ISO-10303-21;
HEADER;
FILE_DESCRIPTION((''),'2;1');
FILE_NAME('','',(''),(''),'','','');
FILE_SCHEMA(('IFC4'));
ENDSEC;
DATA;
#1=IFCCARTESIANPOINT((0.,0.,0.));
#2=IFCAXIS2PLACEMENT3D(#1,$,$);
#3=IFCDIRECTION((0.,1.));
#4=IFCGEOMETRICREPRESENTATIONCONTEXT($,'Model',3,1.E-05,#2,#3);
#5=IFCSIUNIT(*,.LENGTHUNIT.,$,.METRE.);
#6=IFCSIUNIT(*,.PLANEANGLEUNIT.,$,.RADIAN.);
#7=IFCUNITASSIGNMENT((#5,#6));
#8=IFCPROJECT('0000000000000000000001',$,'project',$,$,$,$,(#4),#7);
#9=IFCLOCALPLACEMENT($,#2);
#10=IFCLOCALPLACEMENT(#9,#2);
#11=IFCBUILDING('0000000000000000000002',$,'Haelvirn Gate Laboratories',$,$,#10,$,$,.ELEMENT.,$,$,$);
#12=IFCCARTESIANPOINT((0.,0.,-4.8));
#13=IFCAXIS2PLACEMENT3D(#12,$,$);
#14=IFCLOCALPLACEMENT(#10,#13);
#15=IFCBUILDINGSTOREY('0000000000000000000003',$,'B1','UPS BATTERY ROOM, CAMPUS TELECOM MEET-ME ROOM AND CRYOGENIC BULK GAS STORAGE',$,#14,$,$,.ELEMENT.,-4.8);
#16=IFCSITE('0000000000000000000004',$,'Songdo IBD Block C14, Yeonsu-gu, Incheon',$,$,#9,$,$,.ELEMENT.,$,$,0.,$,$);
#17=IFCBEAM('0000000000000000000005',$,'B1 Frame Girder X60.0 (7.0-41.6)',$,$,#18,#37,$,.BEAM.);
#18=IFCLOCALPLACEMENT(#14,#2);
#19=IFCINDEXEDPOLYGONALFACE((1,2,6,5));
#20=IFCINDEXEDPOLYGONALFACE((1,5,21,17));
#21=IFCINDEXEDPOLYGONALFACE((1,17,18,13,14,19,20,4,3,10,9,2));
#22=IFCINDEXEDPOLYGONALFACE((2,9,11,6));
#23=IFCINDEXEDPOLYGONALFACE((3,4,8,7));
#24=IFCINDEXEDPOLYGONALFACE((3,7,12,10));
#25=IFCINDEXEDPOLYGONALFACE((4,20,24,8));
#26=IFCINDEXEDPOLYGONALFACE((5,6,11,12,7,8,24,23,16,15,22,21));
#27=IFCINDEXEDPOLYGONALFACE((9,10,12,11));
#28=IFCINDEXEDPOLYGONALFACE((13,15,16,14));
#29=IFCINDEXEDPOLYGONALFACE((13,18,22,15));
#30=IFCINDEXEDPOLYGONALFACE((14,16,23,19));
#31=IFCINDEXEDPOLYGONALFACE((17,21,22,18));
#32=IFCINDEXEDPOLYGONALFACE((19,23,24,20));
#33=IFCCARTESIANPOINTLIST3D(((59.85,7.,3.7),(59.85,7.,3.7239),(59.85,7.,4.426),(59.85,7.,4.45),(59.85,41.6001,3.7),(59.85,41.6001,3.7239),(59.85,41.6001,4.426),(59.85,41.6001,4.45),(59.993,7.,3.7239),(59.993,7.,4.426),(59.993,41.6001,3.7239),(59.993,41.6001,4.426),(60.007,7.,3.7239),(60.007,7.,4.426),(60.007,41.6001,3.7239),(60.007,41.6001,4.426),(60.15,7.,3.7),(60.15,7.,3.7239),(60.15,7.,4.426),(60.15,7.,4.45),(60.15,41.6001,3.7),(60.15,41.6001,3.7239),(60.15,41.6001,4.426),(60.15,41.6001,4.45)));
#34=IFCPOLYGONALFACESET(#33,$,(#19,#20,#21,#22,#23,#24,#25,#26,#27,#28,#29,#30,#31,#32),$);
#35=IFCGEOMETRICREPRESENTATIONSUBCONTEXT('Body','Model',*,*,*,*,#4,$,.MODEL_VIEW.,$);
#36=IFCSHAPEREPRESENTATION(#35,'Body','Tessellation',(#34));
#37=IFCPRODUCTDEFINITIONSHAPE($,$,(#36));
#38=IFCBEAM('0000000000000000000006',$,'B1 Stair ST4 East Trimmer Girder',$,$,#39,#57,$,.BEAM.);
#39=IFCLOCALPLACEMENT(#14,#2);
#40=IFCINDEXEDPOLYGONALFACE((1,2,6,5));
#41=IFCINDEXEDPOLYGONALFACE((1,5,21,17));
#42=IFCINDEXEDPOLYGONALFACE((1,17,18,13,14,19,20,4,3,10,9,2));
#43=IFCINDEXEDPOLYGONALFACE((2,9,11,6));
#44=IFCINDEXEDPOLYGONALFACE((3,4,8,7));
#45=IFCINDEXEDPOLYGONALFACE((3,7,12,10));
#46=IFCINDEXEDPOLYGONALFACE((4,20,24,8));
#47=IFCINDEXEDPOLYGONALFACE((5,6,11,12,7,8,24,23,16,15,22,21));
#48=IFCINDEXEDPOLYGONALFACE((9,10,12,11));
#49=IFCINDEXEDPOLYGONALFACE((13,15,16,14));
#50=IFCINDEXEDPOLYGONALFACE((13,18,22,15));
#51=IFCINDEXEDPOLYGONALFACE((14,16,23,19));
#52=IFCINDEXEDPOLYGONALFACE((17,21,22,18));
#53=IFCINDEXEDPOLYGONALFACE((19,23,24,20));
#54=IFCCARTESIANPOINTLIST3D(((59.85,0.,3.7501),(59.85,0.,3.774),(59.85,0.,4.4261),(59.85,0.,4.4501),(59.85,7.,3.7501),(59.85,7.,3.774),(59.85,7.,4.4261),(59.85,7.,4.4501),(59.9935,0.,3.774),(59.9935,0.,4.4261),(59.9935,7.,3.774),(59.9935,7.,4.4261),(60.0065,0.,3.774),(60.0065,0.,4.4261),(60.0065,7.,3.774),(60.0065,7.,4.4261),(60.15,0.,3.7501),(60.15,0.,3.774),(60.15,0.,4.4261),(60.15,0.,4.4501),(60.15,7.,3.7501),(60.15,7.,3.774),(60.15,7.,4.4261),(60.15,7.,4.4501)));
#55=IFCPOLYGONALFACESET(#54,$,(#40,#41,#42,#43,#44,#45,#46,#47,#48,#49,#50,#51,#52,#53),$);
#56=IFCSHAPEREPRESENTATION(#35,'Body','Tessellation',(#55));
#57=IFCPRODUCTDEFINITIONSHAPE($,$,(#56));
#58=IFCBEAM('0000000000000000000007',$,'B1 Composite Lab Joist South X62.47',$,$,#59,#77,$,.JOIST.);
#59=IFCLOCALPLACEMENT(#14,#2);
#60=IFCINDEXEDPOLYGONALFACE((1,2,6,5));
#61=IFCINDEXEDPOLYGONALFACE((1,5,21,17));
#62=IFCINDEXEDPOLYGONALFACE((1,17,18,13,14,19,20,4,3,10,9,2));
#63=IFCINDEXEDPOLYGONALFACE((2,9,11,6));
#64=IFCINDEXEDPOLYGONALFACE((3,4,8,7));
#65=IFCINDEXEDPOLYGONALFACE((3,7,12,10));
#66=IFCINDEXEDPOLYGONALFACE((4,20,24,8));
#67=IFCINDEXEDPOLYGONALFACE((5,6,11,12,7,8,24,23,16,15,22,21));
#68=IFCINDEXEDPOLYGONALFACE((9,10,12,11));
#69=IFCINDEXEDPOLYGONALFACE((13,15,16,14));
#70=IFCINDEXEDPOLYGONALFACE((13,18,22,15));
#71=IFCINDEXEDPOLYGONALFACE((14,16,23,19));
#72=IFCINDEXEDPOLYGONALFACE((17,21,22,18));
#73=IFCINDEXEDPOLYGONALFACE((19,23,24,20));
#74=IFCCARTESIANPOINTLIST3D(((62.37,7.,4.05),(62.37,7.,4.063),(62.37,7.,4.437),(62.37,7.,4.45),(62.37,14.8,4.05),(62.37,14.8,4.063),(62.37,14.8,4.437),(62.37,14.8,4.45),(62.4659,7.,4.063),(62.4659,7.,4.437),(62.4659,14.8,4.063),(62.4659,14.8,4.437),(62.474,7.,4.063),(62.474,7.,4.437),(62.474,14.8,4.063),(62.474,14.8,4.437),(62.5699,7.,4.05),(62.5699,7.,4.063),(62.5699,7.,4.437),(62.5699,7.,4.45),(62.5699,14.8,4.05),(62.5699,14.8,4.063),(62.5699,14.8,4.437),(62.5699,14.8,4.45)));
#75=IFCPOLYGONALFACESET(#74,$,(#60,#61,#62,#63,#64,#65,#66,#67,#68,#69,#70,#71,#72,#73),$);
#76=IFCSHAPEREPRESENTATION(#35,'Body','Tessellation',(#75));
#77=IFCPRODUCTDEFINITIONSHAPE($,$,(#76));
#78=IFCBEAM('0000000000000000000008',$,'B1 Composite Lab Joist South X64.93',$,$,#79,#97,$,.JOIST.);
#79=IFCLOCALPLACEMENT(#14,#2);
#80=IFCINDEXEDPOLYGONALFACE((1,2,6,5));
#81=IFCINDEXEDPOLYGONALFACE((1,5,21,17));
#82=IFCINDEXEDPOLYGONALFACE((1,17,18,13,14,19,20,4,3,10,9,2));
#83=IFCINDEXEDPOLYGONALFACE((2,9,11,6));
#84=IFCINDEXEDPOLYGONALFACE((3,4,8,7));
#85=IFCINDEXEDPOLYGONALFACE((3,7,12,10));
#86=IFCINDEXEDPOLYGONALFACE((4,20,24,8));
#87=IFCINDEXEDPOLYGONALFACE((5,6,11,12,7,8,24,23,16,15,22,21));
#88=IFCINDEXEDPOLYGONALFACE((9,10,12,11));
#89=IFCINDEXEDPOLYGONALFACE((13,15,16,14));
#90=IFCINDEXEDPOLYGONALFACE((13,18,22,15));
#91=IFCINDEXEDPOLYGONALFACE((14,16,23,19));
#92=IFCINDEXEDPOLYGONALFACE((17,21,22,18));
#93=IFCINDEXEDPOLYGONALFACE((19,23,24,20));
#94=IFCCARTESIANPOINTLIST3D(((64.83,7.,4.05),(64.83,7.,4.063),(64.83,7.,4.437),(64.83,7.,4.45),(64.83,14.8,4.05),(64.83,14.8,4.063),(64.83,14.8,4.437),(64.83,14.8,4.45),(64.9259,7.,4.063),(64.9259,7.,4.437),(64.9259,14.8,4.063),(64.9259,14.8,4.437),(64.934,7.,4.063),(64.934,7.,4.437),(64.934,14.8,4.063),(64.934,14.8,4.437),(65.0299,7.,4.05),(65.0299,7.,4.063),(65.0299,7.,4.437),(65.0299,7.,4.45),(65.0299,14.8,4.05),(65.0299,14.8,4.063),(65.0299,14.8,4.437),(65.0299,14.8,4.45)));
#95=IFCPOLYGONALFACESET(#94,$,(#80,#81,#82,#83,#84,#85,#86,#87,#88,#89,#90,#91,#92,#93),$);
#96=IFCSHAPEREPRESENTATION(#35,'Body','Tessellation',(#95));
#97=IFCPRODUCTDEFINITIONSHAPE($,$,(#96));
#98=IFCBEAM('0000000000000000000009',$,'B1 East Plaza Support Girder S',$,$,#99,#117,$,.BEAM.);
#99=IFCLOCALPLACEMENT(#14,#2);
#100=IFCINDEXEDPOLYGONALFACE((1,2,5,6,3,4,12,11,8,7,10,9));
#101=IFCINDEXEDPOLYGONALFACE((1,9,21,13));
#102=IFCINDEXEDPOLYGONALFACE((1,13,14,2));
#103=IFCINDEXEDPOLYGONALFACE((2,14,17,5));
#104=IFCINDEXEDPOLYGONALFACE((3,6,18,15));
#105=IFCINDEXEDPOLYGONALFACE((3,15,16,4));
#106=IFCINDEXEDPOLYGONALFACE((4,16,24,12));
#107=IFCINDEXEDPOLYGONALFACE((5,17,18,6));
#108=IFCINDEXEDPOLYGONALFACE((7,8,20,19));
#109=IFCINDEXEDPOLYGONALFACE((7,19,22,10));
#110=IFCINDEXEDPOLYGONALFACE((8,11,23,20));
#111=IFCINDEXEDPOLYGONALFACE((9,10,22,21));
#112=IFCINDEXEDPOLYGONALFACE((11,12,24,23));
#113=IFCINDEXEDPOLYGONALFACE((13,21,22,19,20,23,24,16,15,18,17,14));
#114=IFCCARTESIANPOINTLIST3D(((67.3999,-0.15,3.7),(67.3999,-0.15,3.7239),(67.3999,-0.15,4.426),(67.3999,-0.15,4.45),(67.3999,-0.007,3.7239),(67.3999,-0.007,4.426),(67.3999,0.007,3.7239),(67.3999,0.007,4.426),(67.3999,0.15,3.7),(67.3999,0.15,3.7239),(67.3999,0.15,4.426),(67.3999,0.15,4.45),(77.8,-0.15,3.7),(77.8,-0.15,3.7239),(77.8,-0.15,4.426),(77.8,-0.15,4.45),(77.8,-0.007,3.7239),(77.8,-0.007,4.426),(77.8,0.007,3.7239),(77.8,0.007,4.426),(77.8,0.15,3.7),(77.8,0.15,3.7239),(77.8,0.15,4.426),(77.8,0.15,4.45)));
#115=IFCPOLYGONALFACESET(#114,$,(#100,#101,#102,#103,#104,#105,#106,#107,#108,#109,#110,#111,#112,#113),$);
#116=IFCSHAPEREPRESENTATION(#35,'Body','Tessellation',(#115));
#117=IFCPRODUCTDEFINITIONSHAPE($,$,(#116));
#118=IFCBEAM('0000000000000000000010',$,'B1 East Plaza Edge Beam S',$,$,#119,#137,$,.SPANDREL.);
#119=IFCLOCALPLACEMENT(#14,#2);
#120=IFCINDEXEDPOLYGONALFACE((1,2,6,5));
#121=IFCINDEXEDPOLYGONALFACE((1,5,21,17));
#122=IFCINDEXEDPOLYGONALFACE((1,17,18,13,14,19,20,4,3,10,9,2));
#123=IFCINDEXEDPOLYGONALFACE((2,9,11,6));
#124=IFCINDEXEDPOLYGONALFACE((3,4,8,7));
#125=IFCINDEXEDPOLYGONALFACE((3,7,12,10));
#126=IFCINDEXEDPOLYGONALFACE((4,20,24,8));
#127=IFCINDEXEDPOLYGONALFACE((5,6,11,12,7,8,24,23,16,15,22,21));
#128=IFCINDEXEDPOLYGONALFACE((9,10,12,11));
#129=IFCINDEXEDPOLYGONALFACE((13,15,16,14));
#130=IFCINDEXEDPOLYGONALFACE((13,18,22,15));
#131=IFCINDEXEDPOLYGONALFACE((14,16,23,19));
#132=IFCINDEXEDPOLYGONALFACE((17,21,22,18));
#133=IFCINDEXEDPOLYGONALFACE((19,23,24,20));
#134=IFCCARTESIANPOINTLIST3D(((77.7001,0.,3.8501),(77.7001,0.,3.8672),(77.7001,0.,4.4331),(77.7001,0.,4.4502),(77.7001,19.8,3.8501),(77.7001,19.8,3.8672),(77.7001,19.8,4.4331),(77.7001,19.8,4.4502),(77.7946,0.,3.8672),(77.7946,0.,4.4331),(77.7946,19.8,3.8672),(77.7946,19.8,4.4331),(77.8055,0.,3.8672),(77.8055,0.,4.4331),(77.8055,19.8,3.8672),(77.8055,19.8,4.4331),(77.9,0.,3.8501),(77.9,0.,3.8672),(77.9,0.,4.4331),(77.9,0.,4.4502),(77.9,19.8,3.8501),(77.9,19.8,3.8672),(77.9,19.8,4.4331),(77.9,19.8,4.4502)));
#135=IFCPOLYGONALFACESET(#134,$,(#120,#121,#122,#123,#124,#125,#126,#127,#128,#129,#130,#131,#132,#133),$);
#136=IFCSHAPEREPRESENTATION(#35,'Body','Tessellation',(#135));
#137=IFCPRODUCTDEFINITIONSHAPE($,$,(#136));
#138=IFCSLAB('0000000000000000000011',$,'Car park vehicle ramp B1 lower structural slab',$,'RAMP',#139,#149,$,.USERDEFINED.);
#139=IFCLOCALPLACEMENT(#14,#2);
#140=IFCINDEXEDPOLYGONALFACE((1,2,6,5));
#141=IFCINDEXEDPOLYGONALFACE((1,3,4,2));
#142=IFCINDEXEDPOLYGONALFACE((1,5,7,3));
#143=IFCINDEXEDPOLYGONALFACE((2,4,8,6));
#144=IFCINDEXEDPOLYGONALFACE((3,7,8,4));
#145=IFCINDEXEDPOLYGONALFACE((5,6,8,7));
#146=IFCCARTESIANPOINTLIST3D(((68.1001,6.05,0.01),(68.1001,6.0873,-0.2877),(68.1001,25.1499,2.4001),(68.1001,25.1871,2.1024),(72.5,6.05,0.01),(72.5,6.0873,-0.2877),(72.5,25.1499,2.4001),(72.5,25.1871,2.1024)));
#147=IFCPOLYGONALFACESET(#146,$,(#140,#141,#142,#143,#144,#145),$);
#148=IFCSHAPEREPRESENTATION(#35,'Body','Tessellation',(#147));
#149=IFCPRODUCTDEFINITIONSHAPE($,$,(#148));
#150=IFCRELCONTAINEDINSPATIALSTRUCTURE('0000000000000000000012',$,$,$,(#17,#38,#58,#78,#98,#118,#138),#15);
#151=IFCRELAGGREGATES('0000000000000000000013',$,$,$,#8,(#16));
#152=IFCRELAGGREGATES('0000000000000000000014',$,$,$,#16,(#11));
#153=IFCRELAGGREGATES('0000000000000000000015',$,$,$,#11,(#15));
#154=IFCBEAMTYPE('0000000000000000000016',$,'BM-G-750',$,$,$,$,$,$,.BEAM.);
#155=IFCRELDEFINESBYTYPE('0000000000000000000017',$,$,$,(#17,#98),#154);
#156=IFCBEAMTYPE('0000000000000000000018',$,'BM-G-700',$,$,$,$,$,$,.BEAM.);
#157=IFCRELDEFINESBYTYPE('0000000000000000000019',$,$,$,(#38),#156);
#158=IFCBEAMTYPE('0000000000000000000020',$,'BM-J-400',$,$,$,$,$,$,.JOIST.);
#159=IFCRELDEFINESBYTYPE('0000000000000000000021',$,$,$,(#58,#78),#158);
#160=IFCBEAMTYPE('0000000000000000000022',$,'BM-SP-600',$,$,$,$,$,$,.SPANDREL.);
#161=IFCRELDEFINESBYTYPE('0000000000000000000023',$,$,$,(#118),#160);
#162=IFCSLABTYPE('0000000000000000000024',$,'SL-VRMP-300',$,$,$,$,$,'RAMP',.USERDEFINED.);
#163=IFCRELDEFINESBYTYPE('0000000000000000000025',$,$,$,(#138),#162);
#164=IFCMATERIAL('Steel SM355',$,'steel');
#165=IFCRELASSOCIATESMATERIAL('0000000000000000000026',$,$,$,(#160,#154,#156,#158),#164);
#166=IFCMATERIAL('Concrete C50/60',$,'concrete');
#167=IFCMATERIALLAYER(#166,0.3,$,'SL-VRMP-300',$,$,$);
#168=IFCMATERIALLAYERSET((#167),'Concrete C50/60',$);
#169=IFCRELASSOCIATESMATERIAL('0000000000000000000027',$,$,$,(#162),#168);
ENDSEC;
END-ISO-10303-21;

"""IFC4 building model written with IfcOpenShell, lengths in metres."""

from ifc_helpers import new_model, si_unit, direction, frame, origin, origin_2d, place, context, subcontext, project, spatial, polyline, i_section, outline, extrude, source, transform, mapped, material, layer, layer_set, material_profile, profile_set, type_object, type_shapes, element, save


model = new_model("IFC4")

# Units and contexts
model_context = context("Model", 3, precision=1e-05, world=origin(), true_north=direction((0.0, 1.0)))
body_context = subcontext(model_context, "Body", "Model", "MODEL_VIEW")
ifc_project = project(units=[si_unit("LENGTHUNIT", "METRE"), si_unit("PLANEANGLEUNIT", "RADIAN")], contexts=[model_context])

# Site, building, storey
site_placement = place(None, origin())
site = spatial("IfcSite", under=ifc_project, at=site_placement, Name="Songdo IBD Block C14, Yeonsu-gu, Incheon", CompositionType="ELEMENT", RefElevation=0.0)
building_placement = place(site_placement, origin())
building = spatial("IfcBuilding", under=site, at=building_placement, Name="Haelvirn Gate Laboratories", CompositionType="ELEMENT")
storey_placement = place(building_placement, frame((0.0, 0.0, -4.8)))
storey = spatial("IfcBuildingStorey", under=building, at=storey_placement, Name="B1", Description="UPS BATTERY ROOM, CAMPUS TELECOM MEET-ME ROOM AND CRYOGENIC BULK GAS STORAGE", CompositionType="ELEMENT", Elevation=-4.8)

# Beams
ifc_material_1 = material(Name="Steel SM355", Category="steel")
ifc_material_profile_1 = material_profile(ifc_material_1, i_section(OverallWidth=0.2, OverallDepth=0.6001, WebThickness=0.011, FlangeThickness=0.0171, at=origin_2d()), Name="H-600x200x11x17")
ifc_profile_set_1 = profile_set([ifc_material_profile_1], Name="Steel SM355")
beam_type_1 = type_object("IfcBeamType", Name="BM-SP-600", PredefinedType="SPANDREL", material=ifc_profile_set_1)
ifc_material_profile_2 = material_profile(ifc_material_1, i_section(OverallWidth=0.3, OverallDepth=0.75, WebThickness=0.0139, FlangeThickness=0.0239, at=origin_2d()), Name="H-750x300x14x24")
ifc_profile_set_2 = profile_set([ifc_material_profile_2], Name="Steel SM355")
beam_type_2 = type_object("IfcBeamType", Name="BM-G-750", PredefinedType="BEAM", material=ifc_profile_set_2)
shared_shape_1 = source(origin(), body_context, "Body", "SweptSolid", [
    extrude(i_section(OverallWidth=0.3, OverallDepth=0.75, WebThickness=0.0139, FlangeThickness=0.0239, at=origin_2d()), origin(), (0.0, 0.0, 1.0), 34.6001),
])
beam_1_placement = place(storey_placement, frame((60.0, 7.0, 4.075), z_axis=(0.0, 1.0, 0.0), x_axis=(-1.0, 0.0, 0.0)))
element("IfcBeam", 1, at=beam_1_placement, inside=storey, type_object=beam_type_2, Name="B1 Frame Girder X60.0 (7.0-41.6)", PredefinedType="BEAM", context=body_context, shape_type="MappedRepresentation", body=[
    mapped(shared_shape_1, transform((0.0, 0.0, 0.0), scale=1.0)),
])
ifc_material_profile_3 = material_profile(ifc_material_1, i_section(OverallWidth=0.3, OverallDepth=0.7, WebThickness=0.0129, FlangeThickness=0.0239, at=origin_2d()), Name="H-700x300x13x24")
ifc_profile_set_3 = profile_set([ifc_material_profile_3], Name="Steel SM355")
beam_type_3 = type_object("IfcBeamType", Name="BM-G-700", PredefinedType="BEAM", material=ifc_profile_set_3)
shared_shape_2 = source(origin(), body_context, "Body", "SweptSolid", [
    extrude(i_section(OverallWidth=0.3, OverallDepth=0.7, WebThickness=0.0129, FlangeThickness=0.0239, at=origin_2d()), origin(), (0.0, 0.0, 1.0), 7.0),
])
type_shapes(beam_type_3, [shared_shape_2])
beam_2_placement = place(storey_placement, frame((60.0, 0.0, 4.1001), z_axis=(0.0, 1.0, 0.0), x_axis=(-1.0, 0.0, 0.0)))
element("IfcBeam", 2, at=beam_2_placement, inside=storey, type_object=beam_type_3, Name="B1 Stair ST4 East Trimmer Girder", PredefinedType="BEAM", context=body_context, shape_type="MappedRepresentation", body=[
    mapped(shared_shape_2, transform((0.0, 0.0, 0.0), scale=1.0)),
])
ifc_material_profile_4 = material_profile(ifc_material_1, i_section(OverallWidth=0.2, OverallDepth=0.3999, WebThickness=0.0081, FlangeThickness=0.0129, at=origin_2d()), Name="H-400x200x8x13")
ifc_profile_set_4 = profile_set([ifc_material_profile_4], Name="Steel SM355")
beam_type_4 = type_object("IfcBeamType", Name="BM-J-400", PredefinedType="JOIST", material=ifc_profile_set_4)
shared_shape_3 = source(origin(), body_context, "Body", "SweptSolid", [
    extrude(i_section(OverallWidth=0.2, OverallDepth=0.3999, WebThickness=0.0081, FlangeThickness=0.0129, at=origin_2d()), origin(), (0.0, 0.0, 1.0), 7.8),
])
type_shapes(beam_type_4, [shared_shape_3])
for number, where, z_axis, x_axis, name in (
    (3, (62.47, 7.0, 4.25), (0.0, 1.0, 0.0), (-1.0, 0.0, 0.0), "B1 Composite Lab Joist South X62.47"),
    (4, (64.9299, 7.0, 4.25), (0.0, 1.0, 0.0), (-1.0, 0.0, 0.0), "B1 Composite Lab Joist South X64.93"),
):
    element("IfcBeam", number, at=place(storey_placement, frame(where, z_axis=z_axis, x_axis=x_axis)), inside=storey, type_object=beam_type_4, Name=name, PredefinedType="JOIST", context=body_context, shape_type="MappedRepresentation", body=[
        mapped(shared_shape_3, transform((0.0, 0.0, 0.0), scale=1.0)),
    ])
shared_shape_4 = source(origin(), body_context, "Body", "SweptSolid", [
    extrude(i_section(OverallWidth=0.3, OverallDepth=0.75, WebThickness=0.0139, FlangeThickness=0.0239, at=origin_2d()), origin(), (0.0, 0.0, 1.0), 10.4001),
])
beam_3_placement = place(storey_placement, frame((67.3999, 0.0, 4.075), z_axis=(1.0, 0.0, 0.0), x_axis=(0.0, 1.0, 0.0)))
element("IfcBeam", 5, at=beam_3_placement, inside=storey, type_object=beam_type_2, Name="B1 East Plaza Support Girder S", PredefinedType="BEAM", context=body_context, shape_type="MappedRepresentation", body=[
    mapped(shared_shape_4, transform((0.0, 0.0, 0.0), scale=1.0)),
])
shared_shape_5 = source(origin(), body_context, "Body", "SweptSolid", [
    extrude(i_section(OverallWidth=0.2, OverallDepth=0.6001, WebThickness=0.011, FlangeThickness=0.0171, at=origin_2d()), origin(), (0.0, 0.0, 1.0), 19.8),
])
beam_4_placement = place(storey_placement, frame((77.8, 0.0, 4.1501), z_axis=(0.0, 1.0, 0.0), x_axis=(-1.0, 0.0, 0.0)))
element("IfcBeam", 6, at=beam_4_placement, inside=storey, type_object=beam_type_1, Name="B1 East Plaza Edge Beam S", PredefinedType="SPANDREL", context=body_context, shape_type="MappedRepresentation", body=[
    mapped(shared_shape_5, transform((0.0, 0.0, 0.0), scale=1.0)),
])

# Slab
ifc_material_2 = material(Name="Concrete C50/60", Category="concrete")
ifc_layer_1 = layer(ifc_material_2, 0.3, Name="SL-VRMP-300")
ifc_layer_set_1 = layer_set([ifc_layer_1], Name="Concrete C50/60")
slab_type = type_object("IfcSlabType", Name="SL-VRMP-300", ElementType="RAMP", PredefinedType="USERDEFINED", material=ifc_layer_set_1)
slab_placement = place(storey_placement, frame((68.1001, 6.05, 0.01), z_axis=(0.0, -0.124171, 0.992261), x_axis=(1.0, 0.0, 0.0)))
element("IfcSlab", 7, at=slab_placement, inside=storey, type_object=slab_type, Name="Car park vehicle ramp B1 lower structural slab", ObjectType="RAMP", PredefinedType="USERDEFINED", context=body_context, shape_type="SweptSolid", body=[
    extrude(outline(polyline([(0.0, 0.0), (4.3999, 0.0), (4.3999, 19.2488), (0.0, 19.2488), (0.0, 0.0)])), origin(), (0.0, 0.0, -1.0), 0.3),
])

save(model, "model.ifc")
